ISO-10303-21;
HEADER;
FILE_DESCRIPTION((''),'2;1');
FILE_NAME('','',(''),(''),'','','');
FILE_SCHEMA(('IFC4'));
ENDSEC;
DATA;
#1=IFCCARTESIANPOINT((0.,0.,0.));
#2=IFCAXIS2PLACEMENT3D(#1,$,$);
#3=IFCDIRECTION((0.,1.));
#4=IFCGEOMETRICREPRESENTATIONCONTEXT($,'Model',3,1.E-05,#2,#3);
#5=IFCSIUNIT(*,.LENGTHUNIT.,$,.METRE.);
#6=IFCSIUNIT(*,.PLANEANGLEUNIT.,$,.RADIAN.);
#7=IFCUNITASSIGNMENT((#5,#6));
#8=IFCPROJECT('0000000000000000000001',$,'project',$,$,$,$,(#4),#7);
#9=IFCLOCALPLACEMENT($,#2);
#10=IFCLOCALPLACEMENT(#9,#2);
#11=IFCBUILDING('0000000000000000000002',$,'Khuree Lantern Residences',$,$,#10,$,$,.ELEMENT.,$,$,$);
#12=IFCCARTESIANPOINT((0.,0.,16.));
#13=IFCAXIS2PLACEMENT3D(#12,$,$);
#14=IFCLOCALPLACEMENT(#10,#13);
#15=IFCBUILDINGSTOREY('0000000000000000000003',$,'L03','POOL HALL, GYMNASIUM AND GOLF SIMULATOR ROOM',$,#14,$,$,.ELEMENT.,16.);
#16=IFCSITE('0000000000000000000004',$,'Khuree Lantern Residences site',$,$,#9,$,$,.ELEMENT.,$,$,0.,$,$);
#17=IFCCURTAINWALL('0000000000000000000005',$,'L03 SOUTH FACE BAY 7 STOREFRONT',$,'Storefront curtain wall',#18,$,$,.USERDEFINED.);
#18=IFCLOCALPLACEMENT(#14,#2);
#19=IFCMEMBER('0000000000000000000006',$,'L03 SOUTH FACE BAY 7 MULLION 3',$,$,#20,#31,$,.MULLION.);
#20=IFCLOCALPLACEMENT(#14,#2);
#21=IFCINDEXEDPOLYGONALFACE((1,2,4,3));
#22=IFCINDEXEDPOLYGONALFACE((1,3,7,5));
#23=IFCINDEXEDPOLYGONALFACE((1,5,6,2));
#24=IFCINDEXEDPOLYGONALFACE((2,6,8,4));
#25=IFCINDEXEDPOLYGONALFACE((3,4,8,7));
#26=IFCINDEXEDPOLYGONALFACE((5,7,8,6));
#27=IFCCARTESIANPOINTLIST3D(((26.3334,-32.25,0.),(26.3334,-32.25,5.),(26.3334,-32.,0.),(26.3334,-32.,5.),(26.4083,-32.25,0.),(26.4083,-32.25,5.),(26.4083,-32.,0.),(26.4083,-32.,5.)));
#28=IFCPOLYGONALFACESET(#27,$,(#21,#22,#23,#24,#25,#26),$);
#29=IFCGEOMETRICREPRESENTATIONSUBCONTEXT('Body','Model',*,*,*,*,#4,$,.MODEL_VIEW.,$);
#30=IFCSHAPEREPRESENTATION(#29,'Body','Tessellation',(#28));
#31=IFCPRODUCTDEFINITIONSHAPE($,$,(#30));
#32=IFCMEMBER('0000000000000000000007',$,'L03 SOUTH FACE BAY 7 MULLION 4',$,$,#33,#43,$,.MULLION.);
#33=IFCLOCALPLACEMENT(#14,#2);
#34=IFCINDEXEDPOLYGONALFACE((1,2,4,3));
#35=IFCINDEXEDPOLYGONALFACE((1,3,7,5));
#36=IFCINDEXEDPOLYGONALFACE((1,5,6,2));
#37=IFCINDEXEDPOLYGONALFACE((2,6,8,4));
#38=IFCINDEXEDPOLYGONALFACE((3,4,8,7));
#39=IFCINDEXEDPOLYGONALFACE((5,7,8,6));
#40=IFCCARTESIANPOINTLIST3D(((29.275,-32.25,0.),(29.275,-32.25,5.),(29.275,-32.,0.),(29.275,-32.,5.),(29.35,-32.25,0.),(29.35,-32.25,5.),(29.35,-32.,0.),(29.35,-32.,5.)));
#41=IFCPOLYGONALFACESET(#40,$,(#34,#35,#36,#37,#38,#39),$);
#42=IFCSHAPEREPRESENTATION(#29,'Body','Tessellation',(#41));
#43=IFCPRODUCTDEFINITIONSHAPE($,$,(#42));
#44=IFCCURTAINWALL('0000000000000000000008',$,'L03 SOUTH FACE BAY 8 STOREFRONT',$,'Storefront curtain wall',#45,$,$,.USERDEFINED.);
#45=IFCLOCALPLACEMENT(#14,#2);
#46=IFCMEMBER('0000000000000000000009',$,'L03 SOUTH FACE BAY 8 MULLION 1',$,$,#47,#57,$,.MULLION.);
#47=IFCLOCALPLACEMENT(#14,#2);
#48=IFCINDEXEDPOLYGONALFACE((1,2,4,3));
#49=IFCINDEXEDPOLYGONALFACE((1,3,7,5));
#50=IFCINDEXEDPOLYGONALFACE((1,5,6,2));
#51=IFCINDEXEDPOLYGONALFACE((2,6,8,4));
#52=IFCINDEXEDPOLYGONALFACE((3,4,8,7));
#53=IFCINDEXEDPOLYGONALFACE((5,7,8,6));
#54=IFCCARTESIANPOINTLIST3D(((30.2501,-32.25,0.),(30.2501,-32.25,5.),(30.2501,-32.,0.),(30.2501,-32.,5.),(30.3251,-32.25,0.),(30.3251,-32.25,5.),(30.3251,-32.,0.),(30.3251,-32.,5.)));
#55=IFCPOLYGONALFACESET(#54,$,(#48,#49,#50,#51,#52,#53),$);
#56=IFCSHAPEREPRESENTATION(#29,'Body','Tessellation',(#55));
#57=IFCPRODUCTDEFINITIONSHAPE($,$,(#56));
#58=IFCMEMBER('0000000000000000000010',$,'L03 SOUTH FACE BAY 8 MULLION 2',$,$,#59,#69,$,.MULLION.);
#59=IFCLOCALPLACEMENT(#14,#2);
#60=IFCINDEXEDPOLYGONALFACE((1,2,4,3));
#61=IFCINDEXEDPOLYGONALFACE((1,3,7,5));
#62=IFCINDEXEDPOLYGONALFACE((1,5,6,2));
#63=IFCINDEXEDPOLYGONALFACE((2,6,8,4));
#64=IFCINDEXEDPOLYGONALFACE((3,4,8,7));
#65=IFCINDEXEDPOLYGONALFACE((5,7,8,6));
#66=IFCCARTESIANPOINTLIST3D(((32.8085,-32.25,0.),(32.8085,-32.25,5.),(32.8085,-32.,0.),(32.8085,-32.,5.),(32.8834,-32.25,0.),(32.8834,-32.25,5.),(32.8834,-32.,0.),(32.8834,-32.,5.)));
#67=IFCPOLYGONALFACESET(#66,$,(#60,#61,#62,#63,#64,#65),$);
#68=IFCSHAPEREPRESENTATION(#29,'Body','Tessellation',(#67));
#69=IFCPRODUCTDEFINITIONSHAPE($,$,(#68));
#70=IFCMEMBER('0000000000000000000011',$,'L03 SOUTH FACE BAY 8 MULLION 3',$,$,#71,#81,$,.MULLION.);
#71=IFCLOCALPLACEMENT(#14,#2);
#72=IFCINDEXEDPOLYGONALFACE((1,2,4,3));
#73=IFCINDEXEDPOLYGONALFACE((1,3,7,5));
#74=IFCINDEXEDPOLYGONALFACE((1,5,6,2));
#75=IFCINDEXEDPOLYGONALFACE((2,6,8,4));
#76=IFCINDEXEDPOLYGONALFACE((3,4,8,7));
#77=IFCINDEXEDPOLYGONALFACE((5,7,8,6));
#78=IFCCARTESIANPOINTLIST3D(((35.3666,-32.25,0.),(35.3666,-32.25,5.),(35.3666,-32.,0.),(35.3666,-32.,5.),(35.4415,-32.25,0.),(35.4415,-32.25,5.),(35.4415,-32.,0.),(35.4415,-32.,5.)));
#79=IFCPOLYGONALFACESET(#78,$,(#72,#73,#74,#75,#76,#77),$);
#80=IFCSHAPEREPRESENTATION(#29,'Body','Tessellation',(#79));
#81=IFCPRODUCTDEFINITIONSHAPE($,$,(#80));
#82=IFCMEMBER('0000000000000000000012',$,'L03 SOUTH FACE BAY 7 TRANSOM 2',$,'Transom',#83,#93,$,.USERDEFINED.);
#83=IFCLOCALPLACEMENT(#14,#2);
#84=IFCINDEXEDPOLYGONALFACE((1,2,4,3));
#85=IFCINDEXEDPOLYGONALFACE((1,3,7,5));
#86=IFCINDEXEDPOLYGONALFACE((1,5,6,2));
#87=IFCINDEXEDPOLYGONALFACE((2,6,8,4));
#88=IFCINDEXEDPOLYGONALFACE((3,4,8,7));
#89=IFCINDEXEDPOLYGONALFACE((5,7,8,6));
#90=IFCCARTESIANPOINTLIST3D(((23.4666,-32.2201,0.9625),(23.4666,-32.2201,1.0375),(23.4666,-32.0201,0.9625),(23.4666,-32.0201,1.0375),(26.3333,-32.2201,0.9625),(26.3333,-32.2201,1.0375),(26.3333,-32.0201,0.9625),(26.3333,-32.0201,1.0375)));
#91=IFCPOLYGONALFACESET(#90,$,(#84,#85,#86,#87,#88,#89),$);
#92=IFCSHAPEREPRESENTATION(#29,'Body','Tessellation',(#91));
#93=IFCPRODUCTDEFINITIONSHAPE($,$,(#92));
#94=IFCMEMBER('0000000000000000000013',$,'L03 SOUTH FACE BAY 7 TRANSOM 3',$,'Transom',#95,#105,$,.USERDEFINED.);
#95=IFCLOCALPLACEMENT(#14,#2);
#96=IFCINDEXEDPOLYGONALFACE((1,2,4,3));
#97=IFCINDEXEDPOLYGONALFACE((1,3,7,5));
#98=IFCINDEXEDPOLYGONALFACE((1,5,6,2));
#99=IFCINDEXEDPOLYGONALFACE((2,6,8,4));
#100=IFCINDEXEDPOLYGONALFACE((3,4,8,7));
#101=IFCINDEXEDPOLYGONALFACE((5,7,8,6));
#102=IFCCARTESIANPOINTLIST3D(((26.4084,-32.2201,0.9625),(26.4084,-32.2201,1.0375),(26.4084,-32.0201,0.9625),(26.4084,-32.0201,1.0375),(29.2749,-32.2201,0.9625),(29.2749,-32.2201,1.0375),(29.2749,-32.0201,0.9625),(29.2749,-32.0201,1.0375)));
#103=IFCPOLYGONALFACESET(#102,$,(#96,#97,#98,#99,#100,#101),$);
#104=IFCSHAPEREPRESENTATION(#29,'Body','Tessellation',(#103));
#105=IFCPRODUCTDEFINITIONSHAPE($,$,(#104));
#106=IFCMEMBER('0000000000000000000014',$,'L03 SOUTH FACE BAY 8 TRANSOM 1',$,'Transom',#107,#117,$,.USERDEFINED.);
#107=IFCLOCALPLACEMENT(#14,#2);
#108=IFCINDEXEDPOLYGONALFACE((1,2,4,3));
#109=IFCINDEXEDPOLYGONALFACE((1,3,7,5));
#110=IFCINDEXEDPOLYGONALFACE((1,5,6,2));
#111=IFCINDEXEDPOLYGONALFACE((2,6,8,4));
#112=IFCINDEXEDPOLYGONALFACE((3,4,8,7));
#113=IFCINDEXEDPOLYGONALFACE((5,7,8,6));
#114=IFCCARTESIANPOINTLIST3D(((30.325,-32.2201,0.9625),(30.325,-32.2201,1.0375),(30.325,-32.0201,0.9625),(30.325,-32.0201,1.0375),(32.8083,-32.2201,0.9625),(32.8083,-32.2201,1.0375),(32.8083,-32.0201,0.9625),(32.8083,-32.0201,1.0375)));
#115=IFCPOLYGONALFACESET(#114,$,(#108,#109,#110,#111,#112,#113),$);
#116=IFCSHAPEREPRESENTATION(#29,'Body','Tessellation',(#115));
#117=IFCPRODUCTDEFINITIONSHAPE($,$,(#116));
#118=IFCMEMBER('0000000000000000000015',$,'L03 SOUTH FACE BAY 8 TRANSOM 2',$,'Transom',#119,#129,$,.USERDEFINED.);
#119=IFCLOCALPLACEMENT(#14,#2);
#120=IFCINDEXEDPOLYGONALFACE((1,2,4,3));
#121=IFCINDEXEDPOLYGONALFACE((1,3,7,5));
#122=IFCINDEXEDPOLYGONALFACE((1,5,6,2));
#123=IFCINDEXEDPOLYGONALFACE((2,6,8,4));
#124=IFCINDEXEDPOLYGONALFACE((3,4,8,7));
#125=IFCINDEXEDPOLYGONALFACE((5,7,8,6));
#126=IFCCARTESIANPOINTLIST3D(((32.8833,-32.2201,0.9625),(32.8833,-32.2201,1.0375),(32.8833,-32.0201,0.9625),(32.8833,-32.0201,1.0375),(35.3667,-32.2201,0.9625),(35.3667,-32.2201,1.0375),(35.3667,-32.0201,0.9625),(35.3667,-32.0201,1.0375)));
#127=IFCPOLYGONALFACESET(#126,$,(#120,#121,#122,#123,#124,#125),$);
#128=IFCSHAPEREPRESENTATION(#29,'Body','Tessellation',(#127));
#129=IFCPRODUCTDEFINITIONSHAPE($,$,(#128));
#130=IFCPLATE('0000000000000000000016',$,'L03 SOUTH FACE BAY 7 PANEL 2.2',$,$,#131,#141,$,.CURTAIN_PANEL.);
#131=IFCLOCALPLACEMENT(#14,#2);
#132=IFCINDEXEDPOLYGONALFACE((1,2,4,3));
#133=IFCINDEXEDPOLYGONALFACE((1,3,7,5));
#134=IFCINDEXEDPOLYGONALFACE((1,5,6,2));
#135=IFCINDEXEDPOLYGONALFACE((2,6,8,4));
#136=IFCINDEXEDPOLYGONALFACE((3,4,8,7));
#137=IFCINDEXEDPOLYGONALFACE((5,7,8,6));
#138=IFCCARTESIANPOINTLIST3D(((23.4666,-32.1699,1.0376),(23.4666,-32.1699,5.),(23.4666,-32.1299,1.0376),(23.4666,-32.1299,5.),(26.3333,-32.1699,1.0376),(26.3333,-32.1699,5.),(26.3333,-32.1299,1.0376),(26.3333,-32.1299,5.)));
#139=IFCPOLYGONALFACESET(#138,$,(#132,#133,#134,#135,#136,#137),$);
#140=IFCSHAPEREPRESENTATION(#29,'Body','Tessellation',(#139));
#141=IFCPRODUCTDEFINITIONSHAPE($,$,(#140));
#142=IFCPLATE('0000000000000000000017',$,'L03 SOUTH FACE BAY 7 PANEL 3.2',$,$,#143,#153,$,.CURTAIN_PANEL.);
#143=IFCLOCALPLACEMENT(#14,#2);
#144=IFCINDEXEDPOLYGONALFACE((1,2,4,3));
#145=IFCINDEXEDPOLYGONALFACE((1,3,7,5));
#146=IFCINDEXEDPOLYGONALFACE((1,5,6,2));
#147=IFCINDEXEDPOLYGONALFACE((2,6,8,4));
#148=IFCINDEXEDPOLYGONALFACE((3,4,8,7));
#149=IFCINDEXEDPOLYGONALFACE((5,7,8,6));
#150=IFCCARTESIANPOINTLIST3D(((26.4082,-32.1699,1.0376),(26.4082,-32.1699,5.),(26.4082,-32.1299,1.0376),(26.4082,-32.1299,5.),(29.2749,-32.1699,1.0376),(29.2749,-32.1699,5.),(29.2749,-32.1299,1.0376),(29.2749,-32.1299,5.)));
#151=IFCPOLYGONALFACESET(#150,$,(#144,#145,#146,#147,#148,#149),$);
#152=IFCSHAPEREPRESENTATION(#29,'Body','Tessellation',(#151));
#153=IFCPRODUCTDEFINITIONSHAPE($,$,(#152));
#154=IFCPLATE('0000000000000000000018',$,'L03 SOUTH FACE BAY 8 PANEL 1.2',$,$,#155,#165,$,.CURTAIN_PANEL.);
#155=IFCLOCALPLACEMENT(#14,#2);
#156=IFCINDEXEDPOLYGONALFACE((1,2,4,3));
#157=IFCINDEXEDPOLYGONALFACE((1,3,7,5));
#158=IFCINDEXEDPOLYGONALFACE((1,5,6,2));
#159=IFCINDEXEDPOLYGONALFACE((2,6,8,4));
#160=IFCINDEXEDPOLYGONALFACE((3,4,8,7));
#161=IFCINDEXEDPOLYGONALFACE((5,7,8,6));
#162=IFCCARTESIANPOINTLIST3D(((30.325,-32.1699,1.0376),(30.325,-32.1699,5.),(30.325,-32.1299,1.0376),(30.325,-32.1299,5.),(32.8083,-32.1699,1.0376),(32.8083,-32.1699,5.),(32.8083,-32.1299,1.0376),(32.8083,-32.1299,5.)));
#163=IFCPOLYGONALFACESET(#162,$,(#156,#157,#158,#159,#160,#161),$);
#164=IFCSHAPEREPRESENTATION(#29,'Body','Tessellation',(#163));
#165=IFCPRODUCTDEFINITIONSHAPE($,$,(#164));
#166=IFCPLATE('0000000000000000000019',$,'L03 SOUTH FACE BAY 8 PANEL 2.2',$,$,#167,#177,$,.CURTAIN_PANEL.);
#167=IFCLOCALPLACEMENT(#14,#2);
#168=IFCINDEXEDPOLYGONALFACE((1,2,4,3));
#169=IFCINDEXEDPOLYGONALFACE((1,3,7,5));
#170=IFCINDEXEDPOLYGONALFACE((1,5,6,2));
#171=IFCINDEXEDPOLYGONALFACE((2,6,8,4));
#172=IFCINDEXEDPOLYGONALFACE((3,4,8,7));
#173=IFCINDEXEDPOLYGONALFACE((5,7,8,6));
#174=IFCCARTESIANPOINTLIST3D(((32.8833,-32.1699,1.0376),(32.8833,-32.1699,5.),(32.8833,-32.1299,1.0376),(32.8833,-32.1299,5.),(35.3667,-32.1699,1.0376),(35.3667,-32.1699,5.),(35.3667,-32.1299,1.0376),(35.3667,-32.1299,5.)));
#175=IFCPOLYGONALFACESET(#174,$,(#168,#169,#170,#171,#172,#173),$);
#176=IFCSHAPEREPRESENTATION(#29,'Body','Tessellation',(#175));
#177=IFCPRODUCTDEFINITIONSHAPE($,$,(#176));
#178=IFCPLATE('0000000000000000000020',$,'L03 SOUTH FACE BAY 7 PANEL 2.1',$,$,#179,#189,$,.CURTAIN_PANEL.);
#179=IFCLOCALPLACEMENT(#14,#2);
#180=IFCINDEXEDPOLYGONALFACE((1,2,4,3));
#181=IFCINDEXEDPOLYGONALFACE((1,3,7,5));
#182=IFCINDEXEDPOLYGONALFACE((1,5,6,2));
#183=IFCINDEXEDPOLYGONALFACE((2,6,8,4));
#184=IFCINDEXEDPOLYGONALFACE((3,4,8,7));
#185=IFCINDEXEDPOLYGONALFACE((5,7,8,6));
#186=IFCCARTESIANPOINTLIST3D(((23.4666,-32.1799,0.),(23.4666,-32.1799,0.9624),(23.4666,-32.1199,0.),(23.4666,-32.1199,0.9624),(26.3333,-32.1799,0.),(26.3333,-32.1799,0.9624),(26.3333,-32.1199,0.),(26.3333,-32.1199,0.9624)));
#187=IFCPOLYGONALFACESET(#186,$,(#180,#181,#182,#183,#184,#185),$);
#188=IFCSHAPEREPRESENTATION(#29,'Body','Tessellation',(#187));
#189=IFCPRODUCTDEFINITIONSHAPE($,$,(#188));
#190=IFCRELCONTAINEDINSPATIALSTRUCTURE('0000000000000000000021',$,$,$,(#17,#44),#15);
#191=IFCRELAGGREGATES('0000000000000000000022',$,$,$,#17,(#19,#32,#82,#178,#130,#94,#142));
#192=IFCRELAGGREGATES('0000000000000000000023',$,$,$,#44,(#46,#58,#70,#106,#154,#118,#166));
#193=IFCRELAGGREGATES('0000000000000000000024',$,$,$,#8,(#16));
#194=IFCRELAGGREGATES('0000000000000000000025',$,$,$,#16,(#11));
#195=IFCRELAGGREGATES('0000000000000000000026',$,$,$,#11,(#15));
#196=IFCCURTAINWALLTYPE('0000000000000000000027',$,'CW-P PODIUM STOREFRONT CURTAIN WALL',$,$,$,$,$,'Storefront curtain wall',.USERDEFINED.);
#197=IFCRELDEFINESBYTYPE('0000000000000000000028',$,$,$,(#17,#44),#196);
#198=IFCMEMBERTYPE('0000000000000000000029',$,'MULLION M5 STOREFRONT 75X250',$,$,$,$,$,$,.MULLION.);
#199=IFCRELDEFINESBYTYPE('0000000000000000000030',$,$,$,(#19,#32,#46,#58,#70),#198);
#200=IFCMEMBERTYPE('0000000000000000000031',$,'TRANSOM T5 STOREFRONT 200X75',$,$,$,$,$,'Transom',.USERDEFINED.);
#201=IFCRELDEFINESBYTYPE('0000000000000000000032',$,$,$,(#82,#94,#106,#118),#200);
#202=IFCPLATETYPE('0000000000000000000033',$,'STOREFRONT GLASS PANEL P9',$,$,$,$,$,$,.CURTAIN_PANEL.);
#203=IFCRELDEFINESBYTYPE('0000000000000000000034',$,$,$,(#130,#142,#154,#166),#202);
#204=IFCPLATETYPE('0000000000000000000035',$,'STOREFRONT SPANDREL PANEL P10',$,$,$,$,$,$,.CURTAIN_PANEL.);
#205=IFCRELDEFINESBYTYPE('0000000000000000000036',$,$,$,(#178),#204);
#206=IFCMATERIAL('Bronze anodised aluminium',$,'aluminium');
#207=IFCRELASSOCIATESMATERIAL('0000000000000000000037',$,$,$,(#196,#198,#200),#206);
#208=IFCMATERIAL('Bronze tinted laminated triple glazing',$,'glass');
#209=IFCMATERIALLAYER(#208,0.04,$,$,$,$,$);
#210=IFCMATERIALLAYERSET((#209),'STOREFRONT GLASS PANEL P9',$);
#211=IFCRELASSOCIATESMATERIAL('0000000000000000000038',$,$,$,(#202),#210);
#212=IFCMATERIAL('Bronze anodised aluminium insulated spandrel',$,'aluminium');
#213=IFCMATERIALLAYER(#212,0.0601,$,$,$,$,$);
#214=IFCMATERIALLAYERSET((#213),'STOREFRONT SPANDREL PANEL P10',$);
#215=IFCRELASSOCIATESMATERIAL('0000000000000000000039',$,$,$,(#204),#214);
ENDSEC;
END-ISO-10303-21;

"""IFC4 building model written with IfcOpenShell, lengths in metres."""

from ifc_helpers import new_model, si_unit, direction, frame, origin, origin_2d, place, context, subcontext, project, spatial, rectangle, extrude, material, layer, layer_set, material_profile, profile_set, type_object, element, aggregate, save


model = new_model("IFC4")

# Units and contexts
model_context = context("Model", 3, precision=1e-05, world=origin(), true_north=direction((0.0, 1.0)))
body_context = subcontext(model_context, "Body", "Model", "MODEL_VIEW")
ifc_project = project(units=[si_unit("LENGTHUNIT", "METRE"), si_unit("PLANEANGLEUNIT", "RADIAN")], contexts=[model_context])

# Site, building, storey
site_placement = place(None, origin())
site = spatial("IfcSite", under=ifc_project, at=site_placement, Name="Khuree Lantern Residences site", CompositionType="ELEMENT", RefElevation=0.0)
building_placement = place(site_placement, origin())
building = spatial("IfcBuilding", under=site, at=building_placement, Name="Khuree Lantern Residences", CompositionType="ELEMENT")
storey_placement = place(building_placement, frame((0.0, 0.0, 16.0)))
storey = spatial("IfcBuildingStorey", under=building, at=storey_placement, Name="L03", Description="POOL HALL, GYMNASIUM AND GOLF SIMULATOR ROOM", CompositionType="ELEMENT", Elevation=16.0)

# Curtain walls, members
ifc_material_1 = material(Name="Bronze anodised aluminium", Category="aluminium")
curtain_wall_type = type_object("IfcCurtainWallType", Name="CW-P PODIUM STOREFRONT CURTAIN WALL", ElementType="Storefront curtain wall", PredefinedType="USERDEFINED", material=ifc_material_1)
curtain_wall_1_placement = place(storey_placement, origin())
curtain_wall_1 = element("IfcCurtainWall", 1, at=curtain_wall_1_placement, inside=storey, type_object=curtain_wall_type, Name="L03 SOUTH FACE BAY 7 STOREFRONT", ObjectType="Storefront curtain wall", PredefinedType="USERDEFINED")
ifc_material_profile_1 = material_profile(ifc_material_1, rectangle(XDim=0.075, YDim=0.25, at=origin_2d()), Name="M5 75X250")
ifc_profile_set_1 = profile_set([ifc_material_profile_1], Name="Bronze anodised aluminium")
member_type_1 = type_object("IfcMemberType", Name="MULLION M5 STOREFRONT 75X250", PredefinedType="MULLION", material=ifc_profile_set_1)
member_1_placement = place(storey_placement, frame((26.3708, -32.125, 0.0), z_axis=(0.0, 0.0, 1.0), x_axis=(1.0, 0.0, 0.0)))
member_1 = element("IfcMember", 2, at=member_1_placement, type_object=member_type_1, Name="L03 SOUTH FACE BAY 7 MULLION 3", PredefinedType="MULLION", context=body_context, shape_type="SweptSolid", body=[
    extrude(rectangle(XDim=0.075, YDim=0.25, at=origin_2d()), origin(), (0.0, 0.0, 1.0), 5.0),
])
member_2_placement = place(storey_placement, frame((29.3125, -32.125, 0.0), z_axis=(0.0, 0.0, 1.0), x_axis=(1.0, 0.0, 0.0)))
member_2 = element("IfcMember", 3, at=member_2_placement, type_object=member_type_1, Name="L03 SOUTH FACE BAY 7 MULLION 4", PredefinedType="MULLION", context=body_context, shape_type="SweptSolid", body=[
    extrude(rectangle(XDim=0.075, YDim=0.25, at=origin_2d()), origin(), (0.0, 0.0, 1.0), 5.0),
])
curtain_wall_2_placement = place(storey_placement, origin())
curtain_wall_2 = element("IfcCurtainWall", 4, at=curtain_wall_2_placement, inside=storey, type_object=curtain_wall_type, Name="L03 SOUTH FACE BAY 8 STOREFRONT", ObjectType="Storefront curtain wall", PredefinedType="USERDEFINED")
member_3_placement = place(storey_placement, frame((30.2876, -32.125, 0.0), z_axis=(0.0, 0.0, 1.0), x_axis=(1.0, 0.0, 0.0)))
member_3 = element("IfcMember", 5, at=member_3_placement, type_object=member_type_1, Name="L03 SOUTH FACE BAY 8 MULLION 1", PredefinedType="MULLION", context=body_context, shape_type="SweptSolid", body=[
    extrude(rectangle(XDim=0.075, YDim=0.25, at=origin_2d()), origin(), (0.0, 0.0, 1.0), 5.0),
])
member_4_placement = place(storey_placement, frame((32.8459, -32.125, 0.0), z_axis=(0.0, 0.0, 1.0), x_axis=(1.0, 0.0, 0.0)))
member_4 = element("IfcMember", 6, at=member_4_placement, type_object=member_type_1, Name="L03 SOUTH FACE BAY 8 MULLION 2", PredefinedType="MULLION", context=body_context, shape_type="SweptSolid", body=[
    extrude(rectangle(XDim=0.075, YDim=0.25, at=origin_2d()), origin(), (0.0, 0.0, 1.0), 5.0),
])
member_5_placement = place(storey_placement, frame((35.4041, -32.125, 0.0), z_axis=(0.0, 0.0, 1.0), x_axis=(1.0, 0.0, 0.0)))
member_5 = element("IfcMember", 7, at=member_5_placement, type_object=member_type_1, Name="L03 SOUTH FACE BAY 8 MULLION 3", PredefinedType="MULLION", context=body_context, shape_type="SweptSolid", body=[
    extrude(rectangle(XDim=0.075, YDim=0.25, at=origin_2d()), origin(), (0.0, 0.0, 1.0), 5.0),
])

# Members
ifc_material_profile_2 = material_profile(ifc_material_1, rectangle(XDim=0.2, YDim=0.075, at=origin_2d()), Name="T5 200X75")
ifc_profile_set_2 = profile_set([ifc_material_profile_2], Name="Bronze anodised aluminium")
member_type_2 = type_object("IfcMemberType", Name="TRANSOM T5 STOREFRONT 200X75", ElementType="Transom", PredefinedType="USERDEFINED", material=ifc_profile_set_2)
member_6_placement = place(storey_placement, frame((23.4666, -32.1201, 1.0), z_axis=(1.0, 0.0, 0.0), x_axis=(0.0, 1.0, 0.0)))
member_6 = element("IfcMember", 8, at=member_6_placement, type_object=member_type_2, Name="L03 SOUTH FACE BAY 7 TRANSOM 2", ObjectType="Transom", PredefinedType="USERDEFINED", context=body_context, shape_type="SweptSolid", body=[
    extrude(rectangle(XDim=0.2, YDim=0.075, at=origin_2d()), origin(), (0.0, 0.0, 1.0), 2.8667),
])
member_7_placement = place(storey_placement, frame((26.4084, -32.1201, 1.0), z_axis=(1.0, 0.0, 0.0), x_axis=(0.0, 1.0, 0.0)))
member_7 = element("IfcMember", 9, at=member_7_placement, type_object=member_type_2, Name="L03 SOUTH FACE BAY 7 TRANSOM 3", ObjectType="Transom", PredefinedType="USERDEFINED", context=body_context, shape_type="SweptSolid", body=[
    extrude(rectangle(XDim=0.2, YDim=0.075, at=origin_2d()), origin(), (0.0, 0.0, 1.0), 2.8665),
])
member_8_placement = place(storey_placement, frame((30.325, -32.1201, 1.0), z_axis=(1.0, 0.0, 0.0), x_axis=(0.0, 1.0, 0.0)))
member_8 = element("IfcMember", 10, at=member_8_placement, type_object=member_type_2, Name="L03 SOUTH FACE BAY 8 TRANSOM 1", ObjectType="Transom", PredefinedType="USERDEFINED", context=body_context, shape_type="SweptSolid", body=[
    extrude(rectangle(XDim=0.2, YDim=0.075, at=origin_2d()), origin(), (0.0, 0.0, 1.0), 2.4834),
])
member_9_placement = place(storey_placement, frame((32.8833, -32.1201, 1.0), z_axis=(1.0, 0.0, 0.0), x_axis=(0.0, 1.0, 0.0)))
member_9 = element("IfcMember", 11, at=member_9_placement, type_object=member_type_2, Name="L03 SOUTH FACE BAY 8 TRANSOM 2", ObjectType="Transom", PredefinedType="USERDEFINED", context=body_context, shape_type="SweptSolid", body=[
    extrude(rectangle(XDim=0.2, YDim=0.075, at=origin_2d()), origin(), (0.0, 0.0, 1.0), 2.4834),
])

# Plates
ifc_material_2 = material(Name="Bronze tinted laminated triple glazing", Category="glass")
ifc_layer_1 = layer(ifc_material_2, 0.04)
ifc_layer_set_1 = layer_set([ifc_layer_1], Name="STOREFRONT GLASS PANEL P9")
plate_type_1 = type_object("IfcPlateType", Name="STOREFRONT GLASS PANEL P9", PredefinedType="CURTAIN_PANEL", material=ifc_layer_set_1)
plate_1_placement = place(storey_placement, frame((24.8999, -32.1499, 1.0376), z_axis=(0.0, 0.0, 1.0), x_axis=(1.0, 0.0, 0.0)))
plate_1 = element("IfcPlate", 12, at=plate_1_placement, type_object=plate_type_1, Name="L03 SOUTH FACE BAY 7 PANEL 2.2", PredefinedType="CURTAIN_PANEL", context=body_context, shape_type="SweptSolid", body=[
    extrude(rectangle(XDim=2.8667, YDim=0.04, at=origin_2d()), origin(), (0.0, 0.0, 1.0), 3.9624),
])
plate_2_placement = place(storey_placement, frame((27.8416, -32.1499, 1.0376), z_axis=(0.0, 0.0, 1.0), x_axis=(1.0, 0.0, 0.0)))
plate_2 = element("IfcPlate", 13, at=plate_2_placement, type_object=plate_type_1, Name="L03 SOUTH FACE BAY 7 PANEL 3.2", PredefinedType="CURTAIN_PANEL", context=body_context, shape_type="SweptSolid", body=[
    extrude(rectangle(XDim=2.8667, YDim=0.04, at=origin_2d()), origin(), (0.0, 0.0, 1.0), 3.9624),
])
plate_3_placement = place(storey_placement, frame((31.5667, -32.1499, 1.0376), z_axis=(0.0, 0.0, 1.0), x_axis=(1.0, 0.0, 0.0)))
plate_3 = element("IfcPlate", 14, at=plate_3_placement, type_object=plate_type_1, Name="L03 SOUTH FACE BAY 8 PANEL 1.2", PredefinedType="CURTAIN_PANEL", context=body_context, shape_type="SweptSolid", body=[
    extrude(rectangle(XDim=2.4834, YDim=0.04, at=origin_2d()), origin(), (0.0, 0.0, 1.0), 3.9624),
])
plate_4_placement = place(storey_placement, frame((34.125, -32.1499, 1.0376), z_axis=(0.0, 0.0, 1.0), x_axis=(1.0, 0.0, 0.0)))
plate_4 = element("IfcPlate", 15, at=plate_4_placement, type_object=plate_type_1, Name="L03 SOUTH FACE BAY 8 PANEL 2.2", PredefinedType="CURTAIN_PANEL", context=body_context, shape_type="SweptSolid", body=[
    extrude(rectangle(XDim=2.4834, YDim=0.04, at=origin_2d()), origin(), (0.0, 0.0, 1.0), 3.9624),
])
ifc_material_3 = material(Name="Bronze anodised aluminium insulated spandrel", Category="aluminium")
ifc_layer_2 = layer(ifc_material_3, 0.0601)
ifc_layer_set_2 = layer_set([ifc_layer_2], Name="STOREFRONT SPANDREL PANEL P10")
plate_type_2 = type_object("IfcPlateType", Name="STOREFRONT SPANDREL PANEL P10", PredefinedType="CURTAIN_PANEL", material=ifc_layer_set_2)
plate_5_placement = place(storey_placement, frame((24.8999, -32.1499, 0.0), z_axis=(0.0, 0.0, 1.0), x_axis=(1.0, 0.0, 0.0)))
plate_5 = element("IfcPlate", 16, at=plate_5_placement, type_object=plate_type_2, Name="L03 SOUTH FACE BAY 7 PANEL 2.1", PredefinedType="CURTAIN_PANEL", context=body_context, shape_type="SweptSolid", body=[
    extrude(rectangle(XDim=2.8667, YDim=0.0601, at=origin_2d()), origin(), (0.0, 0.0, 1.0), 0.9624),
])
aggregate(curtain_wall_1, [member_1, member_2, member_6, plate_5, plate_1, member_7, plate_2])
aggregate(curtain_wall_2, [member_3, member_4, member_5, member_8, plate_3, member_9, plate_4])

save(model, "model.ifc")
